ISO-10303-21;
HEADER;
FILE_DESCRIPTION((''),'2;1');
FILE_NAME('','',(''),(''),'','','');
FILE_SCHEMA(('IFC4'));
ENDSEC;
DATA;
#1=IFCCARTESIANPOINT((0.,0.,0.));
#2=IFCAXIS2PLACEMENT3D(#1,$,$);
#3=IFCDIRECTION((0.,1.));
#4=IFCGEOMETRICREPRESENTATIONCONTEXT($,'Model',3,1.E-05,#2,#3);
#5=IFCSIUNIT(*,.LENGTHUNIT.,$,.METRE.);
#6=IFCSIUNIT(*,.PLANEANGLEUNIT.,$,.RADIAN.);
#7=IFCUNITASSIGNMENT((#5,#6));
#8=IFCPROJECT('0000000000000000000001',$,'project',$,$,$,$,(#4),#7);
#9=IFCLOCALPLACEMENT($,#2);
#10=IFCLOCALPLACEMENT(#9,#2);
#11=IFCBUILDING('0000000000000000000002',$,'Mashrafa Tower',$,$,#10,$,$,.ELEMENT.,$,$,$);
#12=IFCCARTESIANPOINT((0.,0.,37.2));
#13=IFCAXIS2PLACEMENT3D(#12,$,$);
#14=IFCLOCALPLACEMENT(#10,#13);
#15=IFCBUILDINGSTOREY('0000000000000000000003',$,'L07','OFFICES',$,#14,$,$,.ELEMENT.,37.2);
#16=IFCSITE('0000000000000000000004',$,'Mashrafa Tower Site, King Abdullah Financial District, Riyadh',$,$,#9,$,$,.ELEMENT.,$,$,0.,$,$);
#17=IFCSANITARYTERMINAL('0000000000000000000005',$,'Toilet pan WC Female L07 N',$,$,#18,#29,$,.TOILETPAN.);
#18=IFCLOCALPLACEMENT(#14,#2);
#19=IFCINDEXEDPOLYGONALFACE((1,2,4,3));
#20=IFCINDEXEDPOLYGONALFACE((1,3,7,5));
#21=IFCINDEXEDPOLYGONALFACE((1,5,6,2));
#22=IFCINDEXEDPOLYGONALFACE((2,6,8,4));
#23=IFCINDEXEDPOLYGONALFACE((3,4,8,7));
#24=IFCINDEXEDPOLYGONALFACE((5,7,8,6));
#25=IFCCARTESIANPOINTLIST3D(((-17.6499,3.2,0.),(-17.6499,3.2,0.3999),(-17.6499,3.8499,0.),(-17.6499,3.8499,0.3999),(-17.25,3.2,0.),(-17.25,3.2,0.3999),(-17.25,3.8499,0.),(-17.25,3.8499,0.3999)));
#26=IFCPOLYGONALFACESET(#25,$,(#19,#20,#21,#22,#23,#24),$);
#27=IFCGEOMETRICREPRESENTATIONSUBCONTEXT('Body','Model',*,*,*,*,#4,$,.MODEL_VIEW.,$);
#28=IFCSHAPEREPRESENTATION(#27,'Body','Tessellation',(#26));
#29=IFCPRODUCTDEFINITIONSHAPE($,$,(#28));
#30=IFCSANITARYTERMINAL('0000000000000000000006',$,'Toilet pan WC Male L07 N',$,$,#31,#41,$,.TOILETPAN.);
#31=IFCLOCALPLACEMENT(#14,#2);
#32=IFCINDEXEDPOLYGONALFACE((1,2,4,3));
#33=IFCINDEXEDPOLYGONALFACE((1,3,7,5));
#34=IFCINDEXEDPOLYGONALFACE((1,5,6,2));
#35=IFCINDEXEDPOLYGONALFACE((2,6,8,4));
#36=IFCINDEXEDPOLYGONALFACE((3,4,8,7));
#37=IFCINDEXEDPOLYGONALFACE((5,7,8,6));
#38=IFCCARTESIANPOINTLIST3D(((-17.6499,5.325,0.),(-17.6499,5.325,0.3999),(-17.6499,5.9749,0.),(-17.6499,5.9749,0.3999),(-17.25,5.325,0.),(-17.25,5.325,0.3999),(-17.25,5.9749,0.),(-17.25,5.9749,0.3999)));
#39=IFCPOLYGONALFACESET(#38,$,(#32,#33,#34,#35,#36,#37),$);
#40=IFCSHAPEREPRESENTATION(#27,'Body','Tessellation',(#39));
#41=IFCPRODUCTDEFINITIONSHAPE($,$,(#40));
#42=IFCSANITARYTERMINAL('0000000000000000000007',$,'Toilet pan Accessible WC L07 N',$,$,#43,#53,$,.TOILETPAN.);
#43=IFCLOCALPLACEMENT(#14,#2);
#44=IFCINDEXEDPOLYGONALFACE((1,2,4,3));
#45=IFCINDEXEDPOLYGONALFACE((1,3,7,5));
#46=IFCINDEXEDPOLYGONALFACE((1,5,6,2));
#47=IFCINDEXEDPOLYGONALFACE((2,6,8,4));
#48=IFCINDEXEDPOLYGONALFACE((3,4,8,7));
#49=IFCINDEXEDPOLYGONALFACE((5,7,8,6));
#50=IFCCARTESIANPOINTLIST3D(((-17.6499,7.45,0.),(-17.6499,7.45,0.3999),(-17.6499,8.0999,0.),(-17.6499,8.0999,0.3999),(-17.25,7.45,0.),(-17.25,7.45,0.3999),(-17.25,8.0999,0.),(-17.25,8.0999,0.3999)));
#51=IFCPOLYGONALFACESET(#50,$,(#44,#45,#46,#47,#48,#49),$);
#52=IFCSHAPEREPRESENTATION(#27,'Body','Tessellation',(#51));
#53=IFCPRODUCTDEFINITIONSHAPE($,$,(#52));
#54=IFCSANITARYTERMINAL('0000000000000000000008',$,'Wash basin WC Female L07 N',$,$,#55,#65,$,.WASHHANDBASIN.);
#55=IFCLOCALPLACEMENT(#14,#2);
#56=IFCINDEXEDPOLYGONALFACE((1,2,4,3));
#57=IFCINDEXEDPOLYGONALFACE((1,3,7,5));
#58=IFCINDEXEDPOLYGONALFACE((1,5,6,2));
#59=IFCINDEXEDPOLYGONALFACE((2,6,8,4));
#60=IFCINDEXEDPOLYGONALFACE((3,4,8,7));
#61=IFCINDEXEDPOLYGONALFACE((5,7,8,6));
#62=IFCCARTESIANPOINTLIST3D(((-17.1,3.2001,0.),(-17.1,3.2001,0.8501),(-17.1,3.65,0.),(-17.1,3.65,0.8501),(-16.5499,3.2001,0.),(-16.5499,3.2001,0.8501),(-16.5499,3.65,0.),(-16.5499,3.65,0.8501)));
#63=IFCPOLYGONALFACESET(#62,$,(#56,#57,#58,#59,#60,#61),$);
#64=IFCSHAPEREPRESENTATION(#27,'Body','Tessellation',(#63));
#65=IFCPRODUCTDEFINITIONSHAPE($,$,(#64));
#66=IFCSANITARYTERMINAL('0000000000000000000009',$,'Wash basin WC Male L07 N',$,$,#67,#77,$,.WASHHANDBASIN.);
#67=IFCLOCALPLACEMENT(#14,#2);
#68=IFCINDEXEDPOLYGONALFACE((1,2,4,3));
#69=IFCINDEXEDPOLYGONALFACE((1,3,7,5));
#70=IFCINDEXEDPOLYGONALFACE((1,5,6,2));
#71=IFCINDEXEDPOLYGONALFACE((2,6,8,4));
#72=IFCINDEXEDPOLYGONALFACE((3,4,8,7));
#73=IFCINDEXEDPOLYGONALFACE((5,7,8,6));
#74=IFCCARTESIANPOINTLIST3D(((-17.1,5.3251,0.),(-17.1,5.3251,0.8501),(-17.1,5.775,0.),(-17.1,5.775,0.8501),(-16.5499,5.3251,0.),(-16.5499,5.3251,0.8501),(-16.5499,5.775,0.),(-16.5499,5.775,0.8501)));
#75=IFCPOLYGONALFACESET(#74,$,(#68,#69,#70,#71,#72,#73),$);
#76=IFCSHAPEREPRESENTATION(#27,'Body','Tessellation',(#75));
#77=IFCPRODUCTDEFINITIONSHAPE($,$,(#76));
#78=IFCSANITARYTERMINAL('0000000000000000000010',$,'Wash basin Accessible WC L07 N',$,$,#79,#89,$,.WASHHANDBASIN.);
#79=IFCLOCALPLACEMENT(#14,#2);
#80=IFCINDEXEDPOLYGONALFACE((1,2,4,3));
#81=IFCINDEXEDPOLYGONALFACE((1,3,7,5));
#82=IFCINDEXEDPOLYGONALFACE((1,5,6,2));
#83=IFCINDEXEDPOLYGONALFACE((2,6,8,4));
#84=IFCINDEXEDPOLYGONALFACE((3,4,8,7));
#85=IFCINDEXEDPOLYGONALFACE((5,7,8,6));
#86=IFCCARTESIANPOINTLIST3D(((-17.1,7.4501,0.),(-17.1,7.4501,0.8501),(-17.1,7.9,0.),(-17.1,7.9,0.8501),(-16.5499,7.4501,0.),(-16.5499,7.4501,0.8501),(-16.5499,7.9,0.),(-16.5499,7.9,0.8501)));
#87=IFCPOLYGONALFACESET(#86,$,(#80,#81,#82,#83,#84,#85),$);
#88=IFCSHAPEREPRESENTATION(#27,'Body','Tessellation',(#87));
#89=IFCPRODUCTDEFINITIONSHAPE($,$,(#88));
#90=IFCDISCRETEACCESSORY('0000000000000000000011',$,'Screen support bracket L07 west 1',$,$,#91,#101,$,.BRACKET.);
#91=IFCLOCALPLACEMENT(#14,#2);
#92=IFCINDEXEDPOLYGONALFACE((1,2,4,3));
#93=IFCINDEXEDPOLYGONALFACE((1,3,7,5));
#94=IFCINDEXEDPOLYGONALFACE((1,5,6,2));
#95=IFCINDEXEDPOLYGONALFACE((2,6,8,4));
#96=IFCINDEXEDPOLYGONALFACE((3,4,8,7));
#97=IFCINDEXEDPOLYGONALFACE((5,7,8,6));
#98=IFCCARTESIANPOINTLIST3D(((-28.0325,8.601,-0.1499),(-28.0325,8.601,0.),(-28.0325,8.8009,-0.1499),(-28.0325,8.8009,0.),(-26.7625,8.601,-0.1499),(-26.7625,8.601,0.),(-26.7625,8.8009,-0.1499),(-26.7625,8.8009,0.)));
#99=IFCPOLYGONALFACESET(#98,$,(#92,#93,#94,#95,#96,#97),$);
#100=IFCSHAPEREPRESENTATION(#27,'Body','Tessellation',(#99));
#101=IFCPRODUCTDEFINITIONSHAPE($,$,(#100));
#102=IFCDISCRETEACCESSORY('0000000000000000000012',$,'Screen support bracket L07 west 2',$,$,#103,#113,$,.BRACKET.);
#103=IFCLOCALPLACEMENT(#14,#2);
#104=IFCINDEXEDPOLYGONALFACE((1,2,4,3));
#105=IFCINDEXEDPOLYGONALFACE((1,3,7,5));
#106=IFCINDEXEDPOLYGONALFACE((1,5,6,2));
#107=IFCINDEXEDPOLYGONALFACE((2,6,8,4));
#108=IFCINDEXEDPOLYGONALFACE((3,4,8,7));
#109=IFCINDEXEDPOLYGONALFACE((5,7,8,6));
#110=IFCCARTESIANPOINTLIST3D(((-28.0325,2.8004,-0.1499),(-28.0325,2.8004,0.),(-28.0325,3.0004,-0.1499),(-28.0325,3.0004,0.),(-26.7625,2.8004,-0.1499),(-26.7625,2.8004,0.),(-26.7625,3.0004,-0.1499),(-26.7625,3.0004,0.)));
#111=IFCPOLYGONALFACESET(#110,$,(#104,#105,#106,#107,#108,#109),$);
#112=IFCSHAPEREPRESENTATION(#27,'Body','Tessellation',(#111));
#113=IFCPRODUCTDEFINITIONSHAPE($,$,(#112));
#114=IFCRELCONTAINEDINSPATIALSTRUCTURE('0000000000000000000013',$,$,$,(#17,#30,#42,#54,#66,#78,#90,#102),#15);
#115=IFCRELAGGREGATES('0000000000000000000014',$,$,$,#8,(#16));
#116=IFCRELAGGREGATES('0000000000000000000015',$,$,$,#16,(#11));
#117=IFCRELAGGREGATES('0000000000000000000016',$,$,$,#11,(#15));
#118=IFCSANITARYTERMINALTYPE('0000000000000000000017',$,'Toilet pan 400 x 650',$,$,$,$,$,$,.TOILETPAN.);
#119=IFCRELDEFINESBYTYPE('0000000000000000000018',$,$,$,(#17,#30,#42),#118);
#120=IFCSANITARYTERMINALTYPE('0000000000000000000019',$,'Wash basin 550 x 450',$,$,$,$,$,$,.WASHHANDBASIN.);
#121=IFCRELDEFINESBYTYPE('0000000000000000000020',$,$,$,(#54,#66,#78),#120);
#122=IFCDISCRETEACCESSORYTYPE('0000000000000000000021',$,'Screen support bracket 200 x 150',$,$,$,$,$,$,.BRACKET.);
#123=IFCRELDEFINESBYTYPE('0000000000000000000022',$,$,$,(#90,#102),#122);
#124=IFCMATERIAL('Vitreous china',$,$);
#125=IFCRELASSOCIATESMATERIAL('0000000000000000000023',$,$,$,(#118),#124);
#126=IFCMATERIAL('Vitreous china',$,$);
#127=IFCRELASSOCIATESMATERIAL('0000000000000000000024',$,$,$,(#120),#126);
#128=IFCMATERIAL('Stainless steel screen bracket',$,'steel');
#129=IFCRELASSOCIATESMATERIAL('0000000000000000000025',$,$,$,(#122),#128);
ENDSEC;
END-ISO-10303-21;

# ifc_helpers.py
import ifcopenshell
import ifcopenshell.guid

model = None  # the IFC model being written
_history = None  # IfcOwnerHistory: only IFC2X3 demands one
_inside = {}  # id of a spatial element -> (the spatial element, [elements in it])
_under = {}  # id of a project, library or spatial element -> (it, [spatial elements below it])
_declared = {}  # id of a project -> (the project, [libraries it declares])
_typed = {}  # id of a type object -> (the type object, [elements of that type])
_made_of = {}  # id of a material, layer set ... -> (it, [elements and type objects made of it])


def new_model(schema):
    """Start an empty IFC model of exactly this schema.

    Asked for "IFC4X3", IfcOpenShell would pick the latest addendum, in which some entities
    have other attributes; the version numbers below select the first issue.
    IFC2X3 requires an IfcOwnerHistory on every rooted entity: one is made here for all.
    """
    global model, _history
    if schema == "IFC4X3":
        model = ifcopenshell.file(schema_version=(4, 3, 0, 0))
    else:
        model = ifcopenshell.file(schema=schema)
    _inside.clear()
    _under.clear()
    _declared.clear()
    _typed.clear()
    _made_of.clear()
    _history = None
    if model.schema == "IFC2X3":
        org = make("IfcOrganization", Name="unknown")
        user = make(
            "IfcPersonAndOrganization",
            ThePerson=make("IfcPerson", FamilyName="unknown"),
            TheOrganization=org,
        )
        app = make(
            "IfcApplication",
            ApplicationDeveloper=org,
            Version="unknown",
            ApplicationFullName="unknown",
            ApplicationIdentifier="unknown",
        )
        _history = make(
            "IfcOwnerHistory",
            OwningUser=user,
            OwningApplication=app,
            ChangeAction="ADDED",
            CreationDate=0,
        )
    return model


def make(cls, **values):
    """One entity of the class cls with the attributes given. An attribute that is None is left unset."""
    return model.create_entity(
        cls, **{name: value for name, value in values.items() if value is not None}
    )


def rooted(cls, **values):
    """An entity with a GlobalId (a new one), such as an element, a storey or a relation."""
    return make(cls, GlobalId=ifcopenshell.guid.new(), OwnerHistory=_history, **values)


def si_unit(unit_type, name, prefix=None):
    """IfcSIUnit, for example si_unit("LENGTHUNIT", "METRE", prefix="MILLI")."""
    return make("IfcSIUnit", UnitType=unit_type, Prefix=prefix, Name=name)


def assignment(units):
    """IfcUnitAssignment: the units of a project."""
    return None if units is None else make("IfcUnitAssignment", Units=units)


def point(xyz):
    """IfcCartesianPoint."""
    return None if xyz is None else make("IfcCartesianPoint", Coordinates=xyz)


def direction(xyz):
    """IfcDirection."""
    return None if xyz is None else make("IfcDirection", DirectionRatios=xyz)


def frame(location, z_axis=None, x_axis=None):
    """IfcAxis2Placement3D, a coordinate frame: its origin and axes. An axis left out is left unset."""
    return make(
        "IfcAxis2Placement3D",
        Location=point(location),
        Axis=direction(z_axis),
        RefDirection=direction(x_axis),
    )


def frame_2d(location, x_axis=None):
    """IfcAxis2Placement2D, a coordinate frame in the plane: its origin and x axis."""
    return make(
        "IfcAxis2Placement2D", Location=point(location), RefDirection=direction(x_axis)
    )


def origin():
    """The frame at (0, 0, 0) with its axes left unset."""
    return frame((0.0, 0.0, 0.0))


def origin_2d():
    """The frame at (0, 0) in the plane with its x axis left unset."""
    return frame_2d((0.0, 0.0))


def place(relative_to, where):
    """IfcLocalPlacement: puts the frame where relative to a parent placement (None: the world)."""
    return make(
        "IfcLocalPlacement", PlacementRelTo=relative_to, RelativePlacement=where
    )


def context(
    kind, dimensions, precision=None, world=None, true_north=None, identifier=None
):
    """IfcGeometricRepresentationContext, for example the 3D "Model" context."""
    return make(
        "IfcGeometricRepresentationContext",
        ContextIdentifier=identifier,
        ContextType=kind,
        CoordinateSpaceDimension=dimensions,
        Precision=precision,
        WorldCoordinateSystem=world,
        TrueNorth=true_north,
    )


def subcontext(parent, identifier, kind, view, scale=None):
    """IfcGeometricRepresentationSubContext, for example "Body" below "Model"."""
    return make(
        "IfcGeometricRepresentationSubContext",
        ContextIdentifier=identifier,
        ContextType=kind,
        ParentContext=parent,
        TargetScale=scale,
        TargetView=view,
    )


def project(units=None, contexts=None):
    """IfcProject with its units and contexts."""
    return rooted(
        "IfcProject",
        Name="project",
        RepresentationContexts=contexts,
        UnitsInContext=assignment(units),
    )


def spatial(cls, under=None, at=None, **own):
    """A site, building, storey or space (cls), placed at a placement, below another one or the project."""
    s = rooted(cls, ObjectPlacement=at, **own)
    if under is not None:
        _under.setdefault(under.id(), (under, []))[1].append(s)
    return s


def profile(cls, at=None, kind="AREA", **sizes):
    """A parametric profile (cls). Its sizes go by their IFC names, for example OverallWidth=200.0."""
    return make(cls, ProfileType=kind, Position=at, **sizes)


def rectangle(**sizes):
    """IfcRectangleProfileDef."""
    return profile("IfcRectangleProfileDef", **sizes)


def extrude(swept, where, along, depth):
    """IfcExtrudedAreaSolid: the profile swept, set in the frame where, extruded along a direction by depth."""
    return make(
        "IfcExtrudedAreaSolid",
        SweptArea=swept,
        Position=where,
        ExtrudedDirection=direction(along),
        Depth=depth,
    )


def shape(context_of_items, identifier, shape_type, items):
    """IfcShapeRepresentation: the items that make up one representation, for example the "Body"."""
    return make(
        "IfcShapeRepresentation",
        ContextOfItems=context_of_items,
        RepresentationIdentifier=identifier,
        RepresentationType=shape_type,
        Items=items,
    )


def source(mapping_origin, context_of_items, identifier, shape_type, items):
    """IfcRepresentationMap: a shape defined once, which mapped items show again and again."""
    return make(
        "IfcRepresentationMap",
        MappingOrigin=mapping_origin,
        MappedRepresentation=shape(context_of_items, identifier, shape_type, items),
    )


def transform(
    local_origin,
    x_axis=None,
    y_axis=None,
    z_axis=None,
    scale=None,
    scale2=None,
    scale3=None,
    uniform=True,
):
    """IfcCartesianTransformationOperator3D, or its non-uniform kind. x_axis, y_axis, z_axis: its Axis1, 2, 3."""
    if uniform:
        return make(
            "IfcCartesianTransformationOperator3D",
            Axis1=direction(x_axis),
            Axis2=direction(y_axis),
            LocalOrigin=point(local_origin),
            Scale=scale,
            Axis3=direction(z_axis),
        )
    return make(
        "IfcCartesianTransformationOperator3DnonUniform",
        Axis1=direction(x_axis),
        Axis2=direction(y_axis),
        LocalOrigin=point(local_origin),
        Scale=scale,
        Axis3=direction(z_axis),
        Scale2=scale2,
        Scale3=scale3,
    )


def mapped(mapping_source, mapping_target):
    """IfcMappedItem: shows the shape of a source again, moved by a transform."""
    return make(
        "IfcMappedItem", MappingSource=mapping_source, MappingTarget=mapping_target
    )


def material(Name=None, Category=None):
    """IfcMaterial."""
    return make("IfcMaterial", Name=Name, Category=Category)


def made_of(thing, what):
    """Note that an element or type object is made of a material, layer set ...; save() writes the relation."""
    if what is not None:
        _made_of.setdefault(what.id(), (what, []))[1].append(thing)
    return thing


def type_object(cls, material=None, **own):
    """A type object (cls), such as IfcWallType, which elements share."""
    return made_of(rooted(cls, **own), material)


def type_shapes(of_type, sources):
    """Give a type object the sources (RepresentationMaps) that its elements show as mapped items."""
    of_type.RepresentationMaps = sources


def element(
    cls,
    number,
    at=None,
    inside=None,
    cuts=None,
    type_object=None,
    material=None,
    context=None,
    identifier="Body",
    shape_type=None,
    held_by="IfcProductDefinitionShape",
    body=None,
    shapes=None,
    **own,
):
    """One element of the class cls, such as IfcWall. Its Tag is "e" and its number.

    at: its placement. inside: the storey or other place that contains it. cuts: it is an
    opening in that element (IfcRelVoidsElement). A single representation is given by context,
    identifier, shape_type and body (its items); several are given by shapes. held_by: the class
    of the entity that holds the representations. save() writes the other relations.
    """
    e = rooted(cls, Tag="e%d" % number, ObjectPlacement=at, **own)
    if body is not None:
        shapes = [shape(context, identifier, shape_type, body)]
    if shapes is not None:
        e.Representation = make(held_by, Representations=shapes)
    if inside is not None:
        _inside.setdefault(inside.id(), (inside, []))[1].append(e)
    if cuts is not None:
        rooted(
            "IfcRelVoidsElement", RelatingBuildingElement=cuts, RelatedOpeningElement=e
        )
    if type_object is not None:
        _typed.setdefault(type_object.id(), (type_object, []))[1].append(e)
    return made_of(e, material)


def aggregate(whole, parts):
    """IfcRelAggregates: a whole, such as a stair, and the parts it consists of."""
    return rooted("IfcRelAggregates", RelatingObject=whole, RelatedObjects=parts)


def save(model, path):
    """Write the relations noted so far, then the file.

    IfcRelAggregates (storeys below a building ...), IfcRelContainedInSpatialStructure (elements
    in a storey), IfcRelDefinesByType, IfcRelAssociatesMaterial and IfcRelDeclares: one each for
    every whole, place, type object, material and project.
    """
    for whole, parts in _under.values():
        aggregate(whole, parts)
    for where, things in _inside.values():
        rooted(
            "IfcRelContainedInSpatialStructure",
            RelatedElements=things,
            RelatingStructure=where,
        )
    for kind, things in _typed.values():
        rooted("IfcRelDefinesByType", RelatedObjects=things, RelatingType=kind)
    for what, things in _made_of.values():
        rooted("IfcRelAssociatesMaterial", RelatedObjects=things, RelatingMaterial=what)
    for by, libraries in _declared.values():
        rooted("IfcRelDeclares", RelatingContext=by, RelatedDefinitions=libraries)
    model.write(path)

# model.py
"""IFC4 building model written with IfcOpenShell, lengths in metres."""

from ifc_helpers import new_model, si_unit, direction, frame, origin, origin_2d, place, context, subcontext, project, spatial, rectangle, extrude, source, transform, mapped, material, type_object, type_shapes, element, save


model = new_model("IFC4")

# Units and contexts
model_context = context("Model", 3, precision=1e-05, world=origin(), true_north=direction((0.0, 1.0)))
body_context = subcontext(model_context, "Body", "Model", "MODEL_VIEW")
ifc_project = project(units=[si_unit("LENGTHUNIT", "METRE"), si_unit("PLANEANGLEUNIT", "RADIAN")], contexts=[model_context])

# Site, building, storey
site_placement = place(None, origin())
site = spatial("IfcSite", under=ifc_project, at=site_placement, Name="Mashrafa Tower Site, King Abdullah Financial District, Riyadh", CompositionType="ELEMENT", RefElevation=0.0)
building_placement = place(site_placement, origin())
building = spatial("IfcBuilding", under=site, at=building_placement, Name="Mashrafa Tower", CompositionType="ELEMENT")
storey_placement = place(building_placement, frame((0.0, 0.0, 37.2)))
storey = spatial("IfcBuildingStorey", under=building, at=storey_placement, Name="L07", Description="OFFICES", CompositionType="ELEMENT", Elevation=37.2)

# Sanitary terminals
ifc_material_1 = material(Name="Vitreous china")
sanitary_terminal_type_1 = type_object("IfcSanitaryTerminalType", Name="Toilet pan 400 x 650", PredefinedType="TOILETPAN", material=ifc_material_1)
for number, where, z_axis, x_axis, name in (
    (1, (-17.45, 3.5249, 0.0), (0.0, 0.0, 1.0), (1.0, 0.0, 0.0), "Toilet pan WC Female L07 N"),
    (2, (-17.45, 5.6499, 0.0), (0.0, 0.0, 1.0), (1.0, 0.0, 0.0), "Toilet pan WC Male L07 N"),
    (3, (-17.45, 7.7749, 0.0), (0.0, 0.0, 1.0), (1.0, 0.0, 0.0), "Toilet pan Accessible WC L07 N"),
):
    element("IfcSanitaryTerminal", number, at=place(storey_placement, frame(where, z_axis=z_axis, x_axis=x_axis)), inside=storey, type_object=sanitary_terminal_type_1, Name=name, PredefinedType="TOILETPAN", context=body_context, shape_type="SweptSolid", body=[
        extrude(rectangle(XDim=0.3999, YDim=0.6499, at=origin_2d()), origin(), (0.0, 0.0, 1.0), 0.3999),
    ])
ifc_material_2 = material(Name="Vitreous china")
sanitary_terminal_type_2 = type_object("IfcSanitaryTerminalType", Name="Wash basin 550 x 450", PredefinedType="WASHHANDBASIN", material=ifc_material_2)
for number, where, z_axis, x_axis, name in (
    (4, (-16.825, 3.425, 0.0), (0.0, 0.0, 1.0), (1.0, 0.0, 0.0), "Wash basin WC Female L07 N"),
    (5, (-16.825, 5.55, 0.0), (0.0, 0.0, 1.0), (1.0, 0.0, 0.0), "Wash basin WC Male L07 N"),
    (6, (-16.825, 7.675, 0.0), (0.0, 0.0, 1.0), (1.0, 0.0, 0.0), "Wash basin Accessible WC L07 N"),
):
    element("IfcSanitaryTerminal", number, at=place(storey_placement, frame(where, z_axis=z_axis, x_axis=x_axis)), inside=storey, type_object=sanitary_terminal_type_2, Name=name, PredefinedType="WASHHANDBASIN", context=body_context, shape_type="SweptSolid", body=[
        extrude(rectangle(XDim=0.55, YDim=0.45, at=origin_2d()), origin(), (0.0, 0.0, 1.0), 0.8501),
    ])

# Discrete accessories
ifc_material_3 = material(Name="Stainless steel screen bracket", Category="steel")
discrete_accessory_type = type_object("IfcDiscreteAccessoryType", Name="Screen support bracket 200 x 150", PredefinedType="BRACKET", material=ifc_material_3)
shared_shape_1 = source(origin(), body_context, "Body", "SweptSolid", [
    extrude(rectangle(XDim=0.2, YDim=1.27, at=origin_2d()), origin(), (0.0, 0.0, 1.0), 0.1499),
])
type_shapes(discrete_accessory_type, [shared_shape_1])
for number, where, z_axis, x_axis, name in (
    (7, (-27.3975, 8.7009, -0.1499), (0.0, 0.0, 1.0), (0.0, -1.0, 0.0), "Screen support bracket L07 west 1"),
    (8, (-27.3975, 2.9004, -0.1499), (0.0, 0.0, 1.0), (0.0, -1.0, 0.0), "Screen support bracket L07 west 2"),
):
    element("IfcDiscreteAccessory", number, at=place(storey_placement, frame(where, z_axis=z_axis, x_axis=x_axis)), inside=storey, type_object=discrete_accessory_type, Name=name, PredefinedType="BRACKET", context=body_context, shape_type="MappedRepresentation", body=[
        mapped(shared_shape_1, transform((0.0, 0.0, 0.0))),
    ])

save(model, "model.ifc")
